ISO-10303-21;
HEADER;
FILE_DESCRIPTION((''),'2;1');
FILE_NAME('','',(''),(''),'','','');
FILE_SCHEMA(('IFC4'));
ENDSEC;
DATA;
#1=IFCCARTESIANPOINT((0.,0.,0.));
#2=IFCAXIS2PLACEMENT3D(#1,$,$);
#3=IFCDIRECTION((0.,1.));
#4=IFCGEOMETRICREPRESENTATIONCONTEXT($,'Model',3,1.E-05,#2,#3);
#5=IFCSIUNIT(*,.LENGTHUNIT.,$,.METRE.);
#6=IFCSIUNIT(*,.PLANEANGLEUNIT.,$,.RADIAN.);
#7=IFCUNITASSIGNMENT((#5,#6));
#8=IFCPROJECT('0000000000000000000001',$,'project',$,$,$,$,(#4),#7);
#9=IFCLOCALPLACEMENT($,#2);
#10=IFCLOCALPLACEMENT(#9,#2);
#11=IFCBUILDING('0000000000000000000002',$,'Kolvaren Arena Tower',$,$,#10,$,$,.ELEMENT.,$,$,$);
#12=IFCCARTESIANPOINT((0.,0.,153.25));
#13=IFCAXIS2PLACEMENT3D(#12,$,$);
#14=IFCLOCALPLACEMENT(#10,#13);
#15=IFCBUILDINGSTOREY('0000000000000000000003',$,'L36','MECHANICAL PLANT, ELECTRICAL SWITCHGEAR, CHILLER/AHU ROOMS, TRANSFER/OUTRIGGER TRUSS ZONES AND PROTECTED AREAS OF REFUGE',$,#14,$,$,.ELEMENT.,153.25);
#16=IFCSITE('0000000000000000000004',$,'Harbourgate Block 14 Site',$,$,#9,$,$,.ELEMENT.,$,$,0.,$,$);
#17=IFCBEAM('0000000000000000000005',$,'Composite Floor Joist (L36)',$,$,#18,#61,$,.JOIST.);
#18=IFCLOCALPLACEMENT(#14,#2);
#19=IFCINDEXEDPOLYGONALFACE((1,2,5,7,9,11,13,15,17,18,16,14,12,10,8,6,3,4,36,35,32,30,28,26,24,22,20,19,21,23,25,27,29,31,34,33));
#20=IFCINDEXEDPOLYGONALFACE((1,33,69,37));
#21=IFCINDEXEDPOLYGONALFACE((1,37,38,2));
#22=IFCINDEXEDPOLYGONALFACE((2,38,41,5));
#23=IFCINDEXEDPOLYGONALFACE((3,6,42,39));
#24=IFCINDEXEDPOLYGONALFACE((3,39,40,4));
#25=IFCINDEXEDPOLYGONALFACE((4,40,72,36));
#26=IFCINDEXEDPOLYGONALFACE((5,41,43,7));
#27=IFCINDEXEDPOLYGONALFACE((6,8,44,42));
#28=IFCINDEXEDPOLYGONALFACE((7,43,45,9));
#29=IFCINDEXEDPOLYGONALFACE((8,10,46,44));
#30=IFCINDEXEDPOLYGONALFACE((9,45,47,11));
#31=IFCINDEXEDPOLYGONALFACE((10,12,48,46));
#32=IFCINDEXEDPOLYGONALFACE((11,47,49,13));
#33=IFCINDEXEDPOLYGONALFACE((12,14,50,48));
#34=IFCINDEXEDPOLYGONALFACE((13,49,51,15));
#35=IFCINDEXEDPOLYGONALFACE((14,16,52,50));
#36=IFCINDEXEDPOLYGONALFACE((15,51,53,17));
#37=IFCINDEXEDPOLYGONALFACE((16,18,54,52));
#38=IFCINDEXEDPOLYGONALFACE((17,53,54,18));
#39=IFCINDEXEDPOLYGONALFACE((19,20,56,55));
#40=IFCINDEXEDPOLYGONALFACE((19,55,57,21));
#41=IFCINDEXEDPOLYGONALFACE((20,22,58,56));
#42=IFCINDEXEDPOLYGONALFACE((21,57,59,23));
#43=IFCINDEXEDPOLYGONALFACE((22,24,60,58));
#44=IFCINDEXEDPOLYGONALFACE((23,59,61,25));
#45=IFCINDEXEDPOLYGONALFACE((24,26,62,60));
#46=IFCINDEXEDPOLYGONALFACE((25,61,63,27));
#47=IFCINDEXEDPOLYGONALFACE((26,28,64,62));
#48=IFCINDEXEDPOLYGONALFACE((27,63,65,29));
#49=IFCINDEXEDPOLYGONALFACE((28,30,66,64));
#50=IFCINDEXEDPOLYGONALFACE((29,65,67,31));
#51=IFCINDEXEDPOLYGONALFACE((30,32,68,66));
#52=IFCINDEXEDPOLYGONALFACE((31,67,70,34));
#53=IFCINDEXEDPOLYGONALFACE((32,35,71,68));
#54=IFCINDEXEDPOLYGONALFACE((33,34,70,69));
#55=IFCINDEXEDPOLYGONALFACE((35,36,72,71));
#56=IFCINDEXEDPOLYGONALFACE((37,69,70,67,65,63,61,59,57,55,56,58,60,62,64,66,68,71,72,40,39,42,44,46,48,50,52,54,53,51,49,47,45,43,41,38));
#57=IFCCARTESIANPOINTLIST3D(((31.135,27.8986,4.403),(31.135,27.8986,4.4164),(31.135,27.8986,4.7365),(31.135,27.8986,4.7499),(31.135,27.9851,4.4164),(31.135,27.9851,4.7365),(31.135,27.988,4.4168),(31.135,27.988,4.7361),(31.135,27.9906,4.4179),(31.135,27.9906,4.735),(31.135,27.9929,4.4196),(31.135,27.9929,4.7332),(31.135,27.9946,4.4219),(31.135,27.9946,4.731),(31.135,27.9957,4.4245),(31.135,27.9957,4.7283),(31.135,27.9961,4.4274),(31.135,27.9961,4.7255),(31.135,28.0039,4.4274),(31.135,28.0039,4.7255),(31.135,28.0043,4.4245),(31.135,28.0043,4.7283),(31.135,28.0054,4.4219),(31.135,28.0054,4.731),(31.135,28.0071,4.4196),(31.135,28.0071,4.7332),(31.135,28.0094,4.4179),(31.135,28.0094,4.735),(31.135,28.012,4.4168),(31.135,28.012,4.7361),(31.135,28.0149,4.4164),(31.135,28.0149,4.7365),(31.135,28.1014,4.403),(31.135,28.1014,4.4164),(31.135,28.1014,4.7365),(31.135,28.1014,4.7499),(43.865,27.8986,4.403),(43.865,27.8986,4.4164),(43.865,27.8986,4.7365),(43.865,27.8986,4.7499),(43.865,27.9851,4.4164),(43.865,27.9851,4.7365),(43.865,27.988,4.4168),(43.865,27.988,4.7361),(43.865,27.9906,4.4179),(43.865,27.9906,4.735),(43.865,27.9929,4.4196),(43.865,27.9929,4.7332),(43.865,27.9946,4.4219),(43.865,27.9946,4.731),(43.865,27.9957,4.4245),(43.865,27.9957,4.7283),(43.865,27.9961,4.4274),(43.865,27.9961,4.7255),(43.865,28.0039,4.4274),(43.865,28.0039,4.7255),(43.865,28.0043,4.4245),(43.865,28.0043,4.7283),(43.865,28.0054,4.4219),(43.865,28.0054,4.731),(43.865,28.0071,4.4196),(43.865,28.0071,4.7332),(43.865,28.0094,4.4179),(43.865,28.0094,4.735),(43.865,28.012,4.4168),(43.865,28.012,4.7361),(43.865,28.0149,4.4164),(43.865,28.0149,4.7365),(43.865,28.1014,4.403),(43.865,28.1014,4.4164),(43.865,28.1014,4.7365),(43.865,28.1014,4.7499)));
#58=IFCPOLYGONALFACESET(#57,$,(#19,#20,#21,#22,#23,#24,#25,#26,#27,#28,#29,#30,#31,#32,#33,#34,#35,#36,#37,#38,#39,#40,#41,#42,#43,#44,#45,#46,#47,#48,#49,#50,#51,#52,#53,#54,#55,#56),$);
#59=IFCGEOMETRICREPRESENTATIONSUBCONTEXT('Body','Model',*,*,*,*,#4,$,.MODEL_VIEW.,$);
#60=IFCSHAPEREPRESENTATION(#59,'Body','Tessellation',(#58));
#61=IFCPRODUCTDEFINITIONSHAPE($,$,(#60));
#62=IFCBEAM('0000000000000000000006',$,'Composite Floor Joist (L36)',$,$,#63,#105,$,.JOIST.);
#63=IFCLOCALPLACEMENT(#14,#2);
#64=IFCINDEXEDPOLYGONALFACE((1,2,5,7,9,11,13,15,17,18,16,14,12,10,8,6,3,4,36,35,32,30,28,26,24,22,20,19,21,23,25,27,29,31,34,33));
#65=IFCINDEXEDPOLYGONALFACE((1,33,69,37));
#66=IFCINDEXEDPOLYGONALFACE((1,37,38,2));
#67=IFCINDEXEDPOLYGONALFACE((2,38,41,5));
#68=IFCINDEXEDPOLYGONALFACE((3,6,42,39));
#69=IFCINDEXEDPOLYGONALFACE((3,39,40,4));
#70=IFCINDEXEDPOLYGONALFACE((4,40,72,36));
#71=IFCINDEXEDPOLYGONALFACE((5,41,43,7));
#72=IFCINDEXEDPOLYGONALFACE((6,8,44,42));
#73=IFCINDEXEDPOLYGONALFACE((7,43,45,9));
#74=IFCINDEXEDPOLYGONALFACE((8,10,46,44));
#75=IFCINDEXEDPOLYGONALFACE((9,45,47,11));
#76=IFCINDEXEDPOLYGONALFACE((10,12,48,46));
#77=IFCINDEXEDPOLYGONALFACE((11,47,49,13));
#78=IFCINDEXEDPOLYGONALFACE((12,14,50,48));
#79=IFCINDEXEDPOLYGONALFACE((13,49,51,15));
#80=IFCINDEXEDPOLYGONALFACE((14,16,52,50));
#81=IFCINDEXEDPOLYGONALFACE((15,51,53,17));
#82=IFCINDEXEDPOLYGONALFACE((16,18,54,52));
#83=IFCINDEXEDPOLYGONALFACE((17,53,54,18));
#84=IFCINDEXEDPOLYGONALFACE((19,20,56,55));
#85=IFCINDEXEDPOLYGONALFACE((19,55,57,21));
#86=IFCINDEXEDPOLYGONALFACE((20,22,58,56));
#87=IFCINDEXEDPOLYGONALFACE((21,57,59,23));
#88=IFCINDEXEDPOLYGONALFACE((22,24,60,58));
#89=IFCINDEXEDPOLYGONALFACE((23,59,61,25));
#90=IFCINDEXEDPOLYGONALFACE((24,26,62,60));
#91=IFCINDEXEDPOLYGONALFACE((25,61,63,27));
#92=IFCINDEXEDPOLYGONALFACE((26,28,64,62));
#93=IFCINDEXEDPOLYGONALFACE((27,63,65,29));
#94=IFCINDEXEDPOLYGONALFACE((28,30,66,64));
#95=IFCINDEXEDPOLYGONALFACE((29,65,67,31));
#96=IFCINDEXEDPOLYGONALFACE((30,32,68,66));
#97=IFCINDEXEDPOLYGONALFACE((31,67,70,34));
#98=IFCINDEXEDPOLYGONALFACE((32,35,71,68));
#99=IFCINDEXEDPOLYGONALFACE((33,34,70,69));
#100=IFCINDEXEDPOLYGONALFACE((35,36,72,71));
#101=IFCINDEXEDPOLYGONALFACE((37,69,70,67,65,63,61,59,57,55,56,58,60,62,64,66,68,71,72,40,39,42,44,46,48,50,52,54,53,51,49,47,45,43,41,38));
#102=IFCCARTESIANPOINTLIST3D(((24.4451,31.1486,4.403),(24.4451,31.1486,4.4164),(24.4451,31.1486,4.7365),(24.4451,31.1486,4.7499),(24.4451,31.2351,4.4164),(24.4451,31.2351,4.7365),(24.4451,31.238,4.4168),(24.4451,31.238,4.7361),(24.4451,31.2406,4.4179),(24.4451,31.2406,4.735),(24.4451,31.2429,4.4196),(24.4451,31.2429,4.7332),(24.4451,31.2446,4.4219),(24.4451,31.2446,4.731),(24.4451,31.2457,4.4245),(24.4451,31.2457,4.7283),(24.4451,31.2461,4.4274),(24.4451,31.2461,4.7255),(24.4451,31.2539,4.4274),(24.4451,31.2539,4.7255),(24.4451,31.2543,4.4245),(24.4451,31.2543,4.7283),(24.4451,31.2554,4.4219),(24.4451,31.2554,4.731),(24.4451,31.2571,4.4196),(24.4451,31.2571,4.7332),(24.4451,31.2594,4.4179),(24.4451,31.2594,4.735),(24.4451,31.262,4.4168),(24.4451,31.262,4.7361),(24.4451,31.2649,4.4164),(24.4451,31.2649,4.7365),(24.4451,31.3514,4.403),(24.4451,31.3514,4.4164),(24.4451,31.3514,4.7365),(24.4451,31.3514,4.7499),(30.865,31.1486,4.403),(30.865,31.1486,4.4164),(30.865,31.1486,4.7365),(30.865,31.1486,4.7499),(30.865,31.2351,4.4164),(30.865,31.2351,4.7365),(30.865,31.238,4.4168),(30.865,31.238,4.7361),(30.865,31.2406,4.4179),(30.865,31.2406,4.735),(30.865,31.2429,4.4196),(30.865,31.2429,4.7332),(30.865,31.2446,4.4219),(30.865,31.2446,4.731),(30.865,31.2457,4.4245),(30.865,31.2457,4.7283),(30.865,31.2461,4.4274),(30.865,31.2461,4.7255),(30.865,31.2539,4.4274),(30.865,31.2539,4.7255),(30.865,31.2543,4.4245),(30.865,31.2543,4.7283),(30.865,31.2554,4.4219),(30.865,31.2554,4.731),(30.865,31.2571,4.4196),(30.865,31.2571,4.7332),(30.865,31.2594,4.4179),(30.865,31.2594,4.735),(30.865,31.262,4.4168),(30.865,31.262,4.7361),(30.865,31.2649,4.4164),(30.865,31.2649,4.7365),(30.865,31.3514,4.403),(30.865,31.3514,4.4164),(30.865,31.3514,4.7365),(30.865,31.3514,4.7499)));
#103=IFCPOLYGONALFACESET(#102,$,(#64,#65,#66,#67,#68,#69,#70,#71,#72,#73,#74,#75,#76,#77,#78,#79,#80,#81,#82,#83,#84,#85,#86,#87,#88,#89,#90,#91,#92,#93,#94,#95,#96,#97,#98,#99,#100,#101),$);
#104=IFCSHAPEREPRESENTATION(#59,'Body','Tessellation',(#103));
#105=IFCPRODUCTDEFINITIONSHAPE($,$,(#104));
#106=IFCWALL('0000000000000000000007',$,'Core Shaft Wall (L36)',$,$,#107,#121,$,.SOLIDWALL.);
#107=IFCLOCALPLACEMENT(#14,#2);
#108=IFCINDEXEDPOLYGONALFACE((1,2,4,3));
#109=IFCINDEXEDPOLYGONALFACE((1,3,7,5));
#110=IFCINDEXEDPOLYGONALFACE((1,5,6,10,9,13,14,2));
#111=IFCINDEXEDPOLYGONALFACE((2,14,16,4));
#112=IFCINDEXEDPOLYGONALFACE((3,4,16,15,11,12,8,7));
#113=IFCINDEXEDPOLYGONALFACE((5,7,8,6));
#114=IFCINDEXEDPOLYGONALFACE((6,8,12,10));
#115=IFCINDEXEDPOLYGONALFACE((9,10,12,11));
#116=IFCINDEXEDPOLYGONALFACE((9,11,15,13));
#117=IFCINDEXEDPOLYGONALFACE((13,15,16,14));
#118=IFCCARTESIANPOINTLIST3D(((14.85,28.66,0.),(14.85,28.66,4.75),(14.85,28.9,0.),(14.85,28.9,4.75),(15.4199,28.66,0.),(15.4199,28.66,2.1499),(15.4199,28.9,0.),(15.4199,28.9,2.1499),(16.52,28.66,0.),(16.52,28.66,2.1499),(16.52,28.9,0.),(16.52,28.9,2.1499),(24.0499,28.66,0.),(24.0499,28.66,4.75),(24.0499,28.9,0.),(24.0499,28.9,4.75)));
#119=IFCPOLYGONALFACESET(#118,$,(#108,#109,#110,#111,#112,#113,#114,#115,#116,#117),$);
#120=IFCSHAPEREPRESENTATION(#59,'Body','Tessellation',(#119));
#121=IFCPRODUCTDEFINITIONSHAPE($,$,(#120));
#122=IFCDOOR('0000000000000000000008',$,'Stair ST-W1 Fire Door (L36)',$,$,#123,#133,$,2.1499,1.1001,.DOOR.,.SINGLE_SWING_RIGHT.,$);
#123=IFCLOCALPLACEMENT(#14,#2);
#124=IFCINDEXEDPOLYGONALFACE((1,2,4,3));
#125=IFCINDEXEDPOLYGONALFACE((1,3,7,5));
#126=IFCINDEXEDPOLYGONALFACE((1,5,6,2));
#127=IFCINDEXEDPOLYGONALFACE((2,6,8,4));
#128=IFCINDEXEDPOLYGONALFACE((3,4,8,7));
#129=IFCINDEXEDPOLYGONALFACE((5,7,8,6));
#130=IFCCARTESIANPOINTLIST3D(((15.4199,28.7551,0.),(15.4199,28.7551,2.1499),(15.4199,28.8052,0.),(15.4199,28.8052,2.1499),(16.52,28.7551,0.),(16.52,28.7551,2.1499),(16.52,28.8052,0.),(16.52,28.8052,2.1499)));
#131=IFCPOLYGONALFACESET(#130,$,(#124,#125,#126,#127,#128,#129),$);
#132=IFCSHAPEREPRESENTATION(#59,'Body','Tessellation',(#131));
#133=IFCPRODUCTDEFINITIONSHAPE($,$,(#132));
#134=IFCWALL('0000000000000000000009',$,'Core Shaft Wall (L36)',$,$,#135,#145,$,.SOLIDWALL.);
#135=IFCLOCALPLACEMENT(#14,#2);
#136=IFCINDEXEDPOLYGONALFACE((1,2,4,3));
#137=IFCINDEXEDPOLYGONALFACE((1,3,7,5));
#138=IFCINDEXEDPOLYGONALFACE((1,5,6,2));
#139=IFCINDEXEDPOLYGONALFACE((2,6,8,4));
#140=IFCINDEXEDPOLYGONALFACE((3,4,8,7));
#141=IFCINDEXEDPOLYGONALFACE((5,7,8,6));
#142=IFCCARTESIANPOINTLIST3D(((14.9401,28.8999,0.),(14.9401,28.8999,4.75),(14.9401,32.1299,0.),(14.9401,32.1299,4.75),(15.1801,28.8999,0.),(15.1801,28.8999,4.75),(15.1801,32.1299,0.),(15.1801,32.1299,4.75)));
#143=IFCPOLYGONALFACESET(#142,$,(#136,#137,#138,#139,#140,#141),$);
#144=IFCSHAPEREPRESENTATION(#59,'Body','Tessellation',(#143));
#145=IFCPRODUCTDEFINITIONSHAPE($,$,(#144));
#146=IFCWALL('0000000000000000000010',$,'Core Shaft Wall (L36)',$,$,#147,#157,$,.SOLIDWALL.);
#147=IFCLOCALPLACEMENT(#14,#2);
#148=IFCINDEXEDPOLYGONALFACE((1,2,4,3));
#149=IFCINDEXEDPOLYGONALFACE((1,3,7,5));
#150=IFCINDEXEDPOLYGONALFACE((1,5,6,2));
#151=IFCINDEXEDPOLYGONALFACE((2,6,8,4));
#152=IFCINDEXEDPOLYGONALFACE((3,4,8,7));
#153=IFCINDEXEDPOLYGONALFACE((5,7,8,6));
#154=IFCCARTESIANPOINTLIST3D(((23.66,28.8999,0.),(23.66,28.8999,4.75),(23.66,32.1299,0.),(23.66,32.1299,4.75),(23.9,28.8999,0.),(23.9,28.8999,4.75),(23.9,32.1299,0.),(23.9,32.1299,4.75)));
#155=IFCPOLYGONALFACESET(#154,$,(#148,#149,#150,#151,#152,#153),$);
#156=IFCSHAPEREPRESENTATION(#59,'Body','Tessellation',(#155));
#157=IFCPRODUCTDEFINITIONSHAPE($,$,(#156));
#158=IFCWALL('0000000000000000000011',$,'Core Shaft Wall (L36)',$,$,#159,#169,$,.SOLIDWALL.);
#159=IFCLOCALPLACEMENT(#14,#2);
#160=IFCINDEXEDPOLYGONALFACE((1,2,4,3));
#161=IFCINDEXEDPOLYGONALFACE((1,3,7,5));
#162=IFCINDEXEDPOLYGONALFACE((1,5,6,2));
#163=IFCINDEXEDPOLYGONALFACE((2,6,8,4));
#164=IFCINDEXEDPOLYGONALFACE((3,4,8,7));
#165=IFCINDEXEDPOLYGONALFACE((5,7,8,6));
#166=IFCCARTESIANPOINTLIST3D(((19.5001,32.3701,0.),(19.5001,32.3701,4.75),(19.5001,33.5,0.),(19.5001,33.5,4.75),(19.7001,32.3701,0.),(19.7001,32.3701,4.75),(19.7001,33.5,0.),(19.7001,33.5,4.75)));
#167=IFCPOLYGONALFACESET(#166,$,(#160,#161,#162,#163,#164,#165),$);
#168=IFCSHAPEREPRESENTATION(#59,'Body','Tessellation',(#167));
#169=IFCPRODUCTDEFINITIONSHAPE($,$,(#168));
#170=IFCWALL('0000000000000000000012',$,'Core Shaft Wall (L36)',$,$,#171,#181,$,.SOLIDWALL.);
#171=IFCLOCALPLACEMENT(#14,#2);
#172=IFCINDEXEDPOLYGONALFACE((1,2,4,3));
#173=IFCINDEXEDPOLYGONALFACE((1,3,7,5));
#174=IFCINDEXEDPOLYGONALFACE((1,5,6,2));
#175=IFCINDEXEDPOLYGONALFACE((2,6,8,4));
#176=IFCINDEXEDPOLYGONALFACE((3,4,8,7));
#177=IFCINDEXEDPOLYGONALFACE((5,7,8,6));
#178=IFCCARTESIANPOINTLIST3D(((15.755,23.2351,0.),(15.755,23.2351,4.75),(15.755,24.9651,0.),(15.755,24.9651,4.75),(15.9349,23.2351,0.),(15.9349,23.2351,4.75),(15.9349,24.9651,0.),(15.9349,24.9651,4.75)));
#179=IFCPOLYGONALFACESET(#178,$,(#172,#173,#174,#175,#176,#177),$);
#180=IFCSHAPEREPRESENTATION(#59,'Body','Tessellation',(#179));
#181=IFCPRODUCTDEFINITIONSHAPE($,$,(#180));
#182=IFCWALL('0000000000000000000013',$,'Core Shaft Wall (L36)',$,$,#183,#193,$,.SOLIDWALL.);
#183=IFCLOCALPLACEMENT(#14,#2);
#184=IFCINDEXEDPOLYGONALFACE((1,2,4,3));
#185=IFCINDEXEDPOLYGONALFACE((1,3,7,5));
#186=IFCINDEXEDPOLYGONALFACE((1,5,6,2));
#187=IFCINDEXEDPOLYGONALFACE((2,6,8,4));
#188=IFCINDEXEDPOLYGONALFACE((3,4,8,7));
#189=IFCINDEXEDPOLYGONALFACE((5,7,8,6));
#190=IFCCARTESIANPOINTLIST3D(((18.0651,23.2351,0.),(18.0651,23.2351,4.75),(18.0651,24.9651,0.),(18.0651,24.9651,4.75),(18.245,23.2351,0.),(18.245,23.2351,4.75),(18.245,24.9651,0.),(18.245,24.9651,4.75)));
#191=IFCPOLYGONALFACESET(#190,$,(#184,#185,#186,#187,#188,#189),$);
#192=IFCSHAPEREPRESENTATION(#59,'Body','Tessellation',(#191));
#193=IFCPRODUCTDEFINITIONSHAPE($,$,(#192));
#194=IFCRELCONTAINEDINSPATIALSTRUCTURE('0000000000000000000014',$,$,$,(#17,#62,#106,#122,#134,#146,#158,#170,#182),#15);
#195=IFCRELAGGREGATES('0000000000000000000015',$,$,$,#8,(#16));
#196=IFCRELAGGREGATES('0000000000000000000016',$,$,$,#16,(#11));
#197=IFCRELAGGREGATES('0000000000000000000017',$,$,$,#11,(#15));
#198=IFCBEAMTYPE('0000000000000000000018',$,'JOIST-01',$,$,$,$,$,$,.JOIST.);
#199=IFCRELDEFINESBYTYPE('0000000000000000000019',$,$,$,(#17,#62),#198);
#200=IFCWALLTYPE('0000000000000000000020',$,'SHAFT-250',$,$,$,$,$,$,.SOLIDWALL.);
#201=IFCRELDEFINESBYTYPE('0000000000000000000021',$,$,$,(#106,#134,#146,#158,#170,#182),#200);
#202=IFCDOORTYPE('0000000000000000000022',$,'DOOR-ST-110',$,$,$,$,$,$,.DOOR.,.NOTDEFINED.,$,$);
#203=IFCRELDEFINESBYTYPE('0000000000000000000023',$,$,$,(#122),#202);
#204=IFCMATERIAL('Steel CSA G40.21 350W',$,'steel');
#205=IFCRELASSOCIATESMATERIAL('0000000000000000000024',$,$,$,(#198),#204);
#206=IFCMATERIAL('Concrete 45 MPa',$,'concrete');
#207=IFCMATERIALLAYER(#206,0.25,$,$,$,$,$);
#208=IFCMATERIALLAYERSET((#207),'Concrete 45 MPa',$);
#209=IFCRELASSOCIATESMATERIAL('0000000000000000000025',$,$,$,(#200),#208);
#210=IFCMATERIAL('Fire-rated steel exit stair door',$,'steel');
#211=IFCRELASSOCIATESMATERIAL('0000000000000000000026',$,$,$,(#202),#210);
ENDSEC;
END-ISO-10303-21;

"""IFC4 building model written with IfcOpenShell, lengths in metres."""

from ifc_helpers import new_model, si_unit, direction, frame, frame_2d, origin, origin_2d, place, context, subcontext, project, spatial, rectangle, i_section, extrude, material, layer, layer_set, material_profile, profile_set, type_object, element, fill, save


model = new_model("IFC4")

# Units and contexts
model_context = context("Model", 3, precision=1e-05, world=origin(), true_north=direction((0.0, 1.0)))
body_context = subcontext(model_context, "Body", "Model", "MODEL_VIEW")
ifc_project = project(units=[si_unit("LENGTHUNIT", "METRE"), si_unit("PLANEANGLEUNIT", "RADIAN")], contexts=[model_context])

# Site, building, storey
site_placement = place(None, origin())
site = spatial("IfcSite", under=ifc_project, at=site_placement, Name="Harbourgate Block 14 Site", CompositionType="ELEMENT", RefElevation=0.0)
building_placement = place(site_placement, origin())
building = spatial("IfcBuilding", under=site, at=building_placement, Name="Kolvaren Arena Tower", CompositionType="ELEMENT")
storey_placement = place(building_placement, frame((0.0, 0.0, 153.25)))
storey = spatial("IfcBuildingStorey", under=building, at=storey_placement, Name="L36", Description="MECHANICAL PLANT, ELECTRICAL SWITCHGEAR, CHILLER/AHU ROOMS, TRANSFER/OUTRIGGER TRUSS ZONES AND PROTECTED AREAS OF REFUGE", CompositionType="ELEMENT", Elevation=153.25)

# Beams
ifc_material_1 = material(Name="Steel CSA G40.21 350W", Category="steel")
ifc_material_profile_1 = material_profile(ifc_material_1, i_section(OverallWidth=0.2029, OverallDepth=0.3469, WebThickness=0.0078, FlangeThickness=0.0134, FilletRadius=0.011, at=origin_2d()), Name="W360x64")
ifc_profile_set_1 = profile_set([ifc_material_profile_1], Name="Steel CSA G40.21 350W")
beam_type_1 = type_object("IfcBeamType", Name="JOIST-01", PredefinedType="JOIST", material=ifc_profile_set_1)
for number, where, z_axis, x_axis, name in (
    (1, (31.135, 28.0, 4.5764), (1.0, 0.0, 0.0), (0.0, 1.0, 0.0), "Composite Floor Joist (L36)"),
):
    element("IfcBeam", number, at=place(storey_placement, frame(where, z_axis=z_axis, x_axis=x_axis)), inside=storey, type_object=beam_type_1, Name=name, PredefinedType="JOIST", context=body_context, shape_type="SweptSolid", body=[
        extrude(i_section(OverallWidth=0.2029, OverallDepth=0.3469, WebThickness=0.0078, FlangeThickness=0.0134, FilletRadius=0.011, at=origin_2d()), origin(), (0.0, 0.0, 1.0), 12.73),
    ])
beam_1_placement = place(storey_placement, frame((24.4451, 31.25, 4.5764), z_axis=(1.0, 0.0, 0.0), x_axis=(0.0, 1.0, 0.0)))
element("IfcBeam", 2, at=beam_1_placement, inside=storey, type_object=beam_type_1, Name="Composite Floor Joist (L36)", PredefinedType="JOIST", context=body_context, shape_type="SweptSolid", body=[
    extrude(i_section(OverallWidth=0.2029, OverallDepth=0.3469, WebThickness=0.0078, FlangeThickness=0.0134, FilletRadius=0.011, at=origin_2d()), origin(), (0.0, 0.0, 1.0), 6.4199),
])

# Wall, opening, door
ifc_material_2 = material(Name="Concrete 45 MPa", Category="concrete")
ifc_layer = layer(ifc_material_2, 0.25)
ifc_layer_set = layer_set([ifc_layer], Name="Concrete 45 MPa")
wall_type = type_object("IfcWallType", Name="SHAFT-250", PredefinedType="SOLIDWALL", material=ifc_layer_set)
wall_1_placement = place(storey_placement, frame((24.05, 28.78, 0.0), z_axis=(0.0, 0.0, 1.0), x_axis=(-1.0, 0.0, 0.0)))
wall_1 = element("IfcWall", 3, at=wall_1_placement, inside=storey, type_object=wall_type, Name="Core Shaft Wall (L36)", PredefinedType="SOLIDWALL", context=body_context, shape_type="SweptSolid", body=[
    extrude(rectangle(XDim=9.2, YDim=0.24, at=frame_2d((4.6001, 0.0))), origin(), (0.0, 0.0, 1.0), 4.75),
])
opening_placement = place(wall_1_placement, frame((7.53, 0.0, 0.0)))
opening = element("IfcOpeningElement", 4, at=opening_placement, cuts=wall_1, PredefinedType="OPENING", context=body_context, shape_type="SweptSolid", body=[
    extrude(rectangle(XDim=1.1001, YDim=2.1499, at=frame_2d((0.55, 1.075))), frame((0.0, 0.1299, 0.0), z_axis=(0.0, -1.0, 0.0), x_axis=(1.0, 0.0, 0.0)), (0.0, 0.0, 1.0), 0.26),
])
ifc_material_3 = material(Name="Fire-rated steel exit stair door", Category="steel")
door_type = type_object("IfcDoorType", Name="DOOR-ST-110", OperationType="NOTDEFINED", PredefinedType="DOOR", material=ifc_material_3)
door_placement = place(opening_placement, origin())
door = element("IfcDoor", 5, at=door_placement, inside=storey, type_object=door_type, Name="Stair ST-W1 Fire Door (L36)", OperationType="SINGLE_SWING_RIGHT", OverallHeight=2.1499, OverallWidth=1.1001, PredefinedType="DOOR", context=body_context, shape_type="SweptSolid", body=[
    extrude(rectangle(XDim=1.1001, YDim=2.1499, at=frame_2d((0.55, 1.075))), frame((0.0, 0.0249, 0.0), z_axis=(0.0, -1.0, 0.0), x_axis=(1.0, 0.0, 0.0)), (0.0, 0.0, 1.0), 0.05),
])
fill(opening, door)

# Walls
for number, where, z_axis, x_axis, name in (
    (6, (15.0601, 28.8999, 0.0), (0.0, 0.0, 1.0), (0.0, 1.0, 0.0), "Core Shaft Wall (L36)"),
    (7, (23.78, 28.8999, 0.0), (0.0, 0.0, 1.0), (0.0, 1.0, 0.0), "Core Shaft Wall (L36)"),
):
    element("IfcWall", number, at=place(storey_placement, frame(where, z_axis=z_axis, x_axis=x_axis)), inside=storey, type_object=wall_type, Name=name, PredefinedType="SOLIDWALL", context=body_context, shape_type="SweptSolid", body=[
        extrude(rectangle(XDim=3.23, YDim=0.24, at=frame_2d((1.615, 0.0))), origin(), (0.0, 0.0, 1.0), 4.75),
    ])
wall_2_placement = place(storey_placement, frame((19.6001, 32.3701, 0.0), z_axis=(0.0, 0.0, 1.0), x_axis=(0.0, 1.0, 0.0)))
element("IfcWall", 8, at=wall_2_placement, inside=storey, type_object=wall_type, Name="Core Shaft Wall (L36)", PredefinedType="SOLIDWALL", context=body_context, shape_type="SweptSolid", body=[
    extrude(rectangle(XDim=1.1299, YDim=0.2, at=frame_2d((0.5649, 0.0))), origin(), (0.0, 0.0, 1.0), 4.75),
])
for number, where, z_axis, x_axis, name in (
    (9, (15.845, 23.2351, 0.0), (0.0, 0.0, 1.0), (0.0, 1.0, 0.0), "Core Shaft Wall (L36)"),
    (10, (18.155, 23.2351, 0.0), (0.0, 0.0, 1.0), (0.0, 1.0, 0.0), "Core Shaft Wall (L36)"),
):
    element("IfcWall", number, at=place(storey_placement, frame(where, z_axis=z_axis, x_axis=x_axis)), inside=storey, type_object=wall_type, Name=name, PredefinedType="SOLIDWALL", context=body_context, shape_type="SweptSolid", body=[
        extrude(rectangle(XDim=1.73, YDim=0.1799, at=frame_2d((0.865, 0.0))), origin(), (0.0, 0.0, 1.0), 4.75),
    ])

save(model, "model.ifc")
